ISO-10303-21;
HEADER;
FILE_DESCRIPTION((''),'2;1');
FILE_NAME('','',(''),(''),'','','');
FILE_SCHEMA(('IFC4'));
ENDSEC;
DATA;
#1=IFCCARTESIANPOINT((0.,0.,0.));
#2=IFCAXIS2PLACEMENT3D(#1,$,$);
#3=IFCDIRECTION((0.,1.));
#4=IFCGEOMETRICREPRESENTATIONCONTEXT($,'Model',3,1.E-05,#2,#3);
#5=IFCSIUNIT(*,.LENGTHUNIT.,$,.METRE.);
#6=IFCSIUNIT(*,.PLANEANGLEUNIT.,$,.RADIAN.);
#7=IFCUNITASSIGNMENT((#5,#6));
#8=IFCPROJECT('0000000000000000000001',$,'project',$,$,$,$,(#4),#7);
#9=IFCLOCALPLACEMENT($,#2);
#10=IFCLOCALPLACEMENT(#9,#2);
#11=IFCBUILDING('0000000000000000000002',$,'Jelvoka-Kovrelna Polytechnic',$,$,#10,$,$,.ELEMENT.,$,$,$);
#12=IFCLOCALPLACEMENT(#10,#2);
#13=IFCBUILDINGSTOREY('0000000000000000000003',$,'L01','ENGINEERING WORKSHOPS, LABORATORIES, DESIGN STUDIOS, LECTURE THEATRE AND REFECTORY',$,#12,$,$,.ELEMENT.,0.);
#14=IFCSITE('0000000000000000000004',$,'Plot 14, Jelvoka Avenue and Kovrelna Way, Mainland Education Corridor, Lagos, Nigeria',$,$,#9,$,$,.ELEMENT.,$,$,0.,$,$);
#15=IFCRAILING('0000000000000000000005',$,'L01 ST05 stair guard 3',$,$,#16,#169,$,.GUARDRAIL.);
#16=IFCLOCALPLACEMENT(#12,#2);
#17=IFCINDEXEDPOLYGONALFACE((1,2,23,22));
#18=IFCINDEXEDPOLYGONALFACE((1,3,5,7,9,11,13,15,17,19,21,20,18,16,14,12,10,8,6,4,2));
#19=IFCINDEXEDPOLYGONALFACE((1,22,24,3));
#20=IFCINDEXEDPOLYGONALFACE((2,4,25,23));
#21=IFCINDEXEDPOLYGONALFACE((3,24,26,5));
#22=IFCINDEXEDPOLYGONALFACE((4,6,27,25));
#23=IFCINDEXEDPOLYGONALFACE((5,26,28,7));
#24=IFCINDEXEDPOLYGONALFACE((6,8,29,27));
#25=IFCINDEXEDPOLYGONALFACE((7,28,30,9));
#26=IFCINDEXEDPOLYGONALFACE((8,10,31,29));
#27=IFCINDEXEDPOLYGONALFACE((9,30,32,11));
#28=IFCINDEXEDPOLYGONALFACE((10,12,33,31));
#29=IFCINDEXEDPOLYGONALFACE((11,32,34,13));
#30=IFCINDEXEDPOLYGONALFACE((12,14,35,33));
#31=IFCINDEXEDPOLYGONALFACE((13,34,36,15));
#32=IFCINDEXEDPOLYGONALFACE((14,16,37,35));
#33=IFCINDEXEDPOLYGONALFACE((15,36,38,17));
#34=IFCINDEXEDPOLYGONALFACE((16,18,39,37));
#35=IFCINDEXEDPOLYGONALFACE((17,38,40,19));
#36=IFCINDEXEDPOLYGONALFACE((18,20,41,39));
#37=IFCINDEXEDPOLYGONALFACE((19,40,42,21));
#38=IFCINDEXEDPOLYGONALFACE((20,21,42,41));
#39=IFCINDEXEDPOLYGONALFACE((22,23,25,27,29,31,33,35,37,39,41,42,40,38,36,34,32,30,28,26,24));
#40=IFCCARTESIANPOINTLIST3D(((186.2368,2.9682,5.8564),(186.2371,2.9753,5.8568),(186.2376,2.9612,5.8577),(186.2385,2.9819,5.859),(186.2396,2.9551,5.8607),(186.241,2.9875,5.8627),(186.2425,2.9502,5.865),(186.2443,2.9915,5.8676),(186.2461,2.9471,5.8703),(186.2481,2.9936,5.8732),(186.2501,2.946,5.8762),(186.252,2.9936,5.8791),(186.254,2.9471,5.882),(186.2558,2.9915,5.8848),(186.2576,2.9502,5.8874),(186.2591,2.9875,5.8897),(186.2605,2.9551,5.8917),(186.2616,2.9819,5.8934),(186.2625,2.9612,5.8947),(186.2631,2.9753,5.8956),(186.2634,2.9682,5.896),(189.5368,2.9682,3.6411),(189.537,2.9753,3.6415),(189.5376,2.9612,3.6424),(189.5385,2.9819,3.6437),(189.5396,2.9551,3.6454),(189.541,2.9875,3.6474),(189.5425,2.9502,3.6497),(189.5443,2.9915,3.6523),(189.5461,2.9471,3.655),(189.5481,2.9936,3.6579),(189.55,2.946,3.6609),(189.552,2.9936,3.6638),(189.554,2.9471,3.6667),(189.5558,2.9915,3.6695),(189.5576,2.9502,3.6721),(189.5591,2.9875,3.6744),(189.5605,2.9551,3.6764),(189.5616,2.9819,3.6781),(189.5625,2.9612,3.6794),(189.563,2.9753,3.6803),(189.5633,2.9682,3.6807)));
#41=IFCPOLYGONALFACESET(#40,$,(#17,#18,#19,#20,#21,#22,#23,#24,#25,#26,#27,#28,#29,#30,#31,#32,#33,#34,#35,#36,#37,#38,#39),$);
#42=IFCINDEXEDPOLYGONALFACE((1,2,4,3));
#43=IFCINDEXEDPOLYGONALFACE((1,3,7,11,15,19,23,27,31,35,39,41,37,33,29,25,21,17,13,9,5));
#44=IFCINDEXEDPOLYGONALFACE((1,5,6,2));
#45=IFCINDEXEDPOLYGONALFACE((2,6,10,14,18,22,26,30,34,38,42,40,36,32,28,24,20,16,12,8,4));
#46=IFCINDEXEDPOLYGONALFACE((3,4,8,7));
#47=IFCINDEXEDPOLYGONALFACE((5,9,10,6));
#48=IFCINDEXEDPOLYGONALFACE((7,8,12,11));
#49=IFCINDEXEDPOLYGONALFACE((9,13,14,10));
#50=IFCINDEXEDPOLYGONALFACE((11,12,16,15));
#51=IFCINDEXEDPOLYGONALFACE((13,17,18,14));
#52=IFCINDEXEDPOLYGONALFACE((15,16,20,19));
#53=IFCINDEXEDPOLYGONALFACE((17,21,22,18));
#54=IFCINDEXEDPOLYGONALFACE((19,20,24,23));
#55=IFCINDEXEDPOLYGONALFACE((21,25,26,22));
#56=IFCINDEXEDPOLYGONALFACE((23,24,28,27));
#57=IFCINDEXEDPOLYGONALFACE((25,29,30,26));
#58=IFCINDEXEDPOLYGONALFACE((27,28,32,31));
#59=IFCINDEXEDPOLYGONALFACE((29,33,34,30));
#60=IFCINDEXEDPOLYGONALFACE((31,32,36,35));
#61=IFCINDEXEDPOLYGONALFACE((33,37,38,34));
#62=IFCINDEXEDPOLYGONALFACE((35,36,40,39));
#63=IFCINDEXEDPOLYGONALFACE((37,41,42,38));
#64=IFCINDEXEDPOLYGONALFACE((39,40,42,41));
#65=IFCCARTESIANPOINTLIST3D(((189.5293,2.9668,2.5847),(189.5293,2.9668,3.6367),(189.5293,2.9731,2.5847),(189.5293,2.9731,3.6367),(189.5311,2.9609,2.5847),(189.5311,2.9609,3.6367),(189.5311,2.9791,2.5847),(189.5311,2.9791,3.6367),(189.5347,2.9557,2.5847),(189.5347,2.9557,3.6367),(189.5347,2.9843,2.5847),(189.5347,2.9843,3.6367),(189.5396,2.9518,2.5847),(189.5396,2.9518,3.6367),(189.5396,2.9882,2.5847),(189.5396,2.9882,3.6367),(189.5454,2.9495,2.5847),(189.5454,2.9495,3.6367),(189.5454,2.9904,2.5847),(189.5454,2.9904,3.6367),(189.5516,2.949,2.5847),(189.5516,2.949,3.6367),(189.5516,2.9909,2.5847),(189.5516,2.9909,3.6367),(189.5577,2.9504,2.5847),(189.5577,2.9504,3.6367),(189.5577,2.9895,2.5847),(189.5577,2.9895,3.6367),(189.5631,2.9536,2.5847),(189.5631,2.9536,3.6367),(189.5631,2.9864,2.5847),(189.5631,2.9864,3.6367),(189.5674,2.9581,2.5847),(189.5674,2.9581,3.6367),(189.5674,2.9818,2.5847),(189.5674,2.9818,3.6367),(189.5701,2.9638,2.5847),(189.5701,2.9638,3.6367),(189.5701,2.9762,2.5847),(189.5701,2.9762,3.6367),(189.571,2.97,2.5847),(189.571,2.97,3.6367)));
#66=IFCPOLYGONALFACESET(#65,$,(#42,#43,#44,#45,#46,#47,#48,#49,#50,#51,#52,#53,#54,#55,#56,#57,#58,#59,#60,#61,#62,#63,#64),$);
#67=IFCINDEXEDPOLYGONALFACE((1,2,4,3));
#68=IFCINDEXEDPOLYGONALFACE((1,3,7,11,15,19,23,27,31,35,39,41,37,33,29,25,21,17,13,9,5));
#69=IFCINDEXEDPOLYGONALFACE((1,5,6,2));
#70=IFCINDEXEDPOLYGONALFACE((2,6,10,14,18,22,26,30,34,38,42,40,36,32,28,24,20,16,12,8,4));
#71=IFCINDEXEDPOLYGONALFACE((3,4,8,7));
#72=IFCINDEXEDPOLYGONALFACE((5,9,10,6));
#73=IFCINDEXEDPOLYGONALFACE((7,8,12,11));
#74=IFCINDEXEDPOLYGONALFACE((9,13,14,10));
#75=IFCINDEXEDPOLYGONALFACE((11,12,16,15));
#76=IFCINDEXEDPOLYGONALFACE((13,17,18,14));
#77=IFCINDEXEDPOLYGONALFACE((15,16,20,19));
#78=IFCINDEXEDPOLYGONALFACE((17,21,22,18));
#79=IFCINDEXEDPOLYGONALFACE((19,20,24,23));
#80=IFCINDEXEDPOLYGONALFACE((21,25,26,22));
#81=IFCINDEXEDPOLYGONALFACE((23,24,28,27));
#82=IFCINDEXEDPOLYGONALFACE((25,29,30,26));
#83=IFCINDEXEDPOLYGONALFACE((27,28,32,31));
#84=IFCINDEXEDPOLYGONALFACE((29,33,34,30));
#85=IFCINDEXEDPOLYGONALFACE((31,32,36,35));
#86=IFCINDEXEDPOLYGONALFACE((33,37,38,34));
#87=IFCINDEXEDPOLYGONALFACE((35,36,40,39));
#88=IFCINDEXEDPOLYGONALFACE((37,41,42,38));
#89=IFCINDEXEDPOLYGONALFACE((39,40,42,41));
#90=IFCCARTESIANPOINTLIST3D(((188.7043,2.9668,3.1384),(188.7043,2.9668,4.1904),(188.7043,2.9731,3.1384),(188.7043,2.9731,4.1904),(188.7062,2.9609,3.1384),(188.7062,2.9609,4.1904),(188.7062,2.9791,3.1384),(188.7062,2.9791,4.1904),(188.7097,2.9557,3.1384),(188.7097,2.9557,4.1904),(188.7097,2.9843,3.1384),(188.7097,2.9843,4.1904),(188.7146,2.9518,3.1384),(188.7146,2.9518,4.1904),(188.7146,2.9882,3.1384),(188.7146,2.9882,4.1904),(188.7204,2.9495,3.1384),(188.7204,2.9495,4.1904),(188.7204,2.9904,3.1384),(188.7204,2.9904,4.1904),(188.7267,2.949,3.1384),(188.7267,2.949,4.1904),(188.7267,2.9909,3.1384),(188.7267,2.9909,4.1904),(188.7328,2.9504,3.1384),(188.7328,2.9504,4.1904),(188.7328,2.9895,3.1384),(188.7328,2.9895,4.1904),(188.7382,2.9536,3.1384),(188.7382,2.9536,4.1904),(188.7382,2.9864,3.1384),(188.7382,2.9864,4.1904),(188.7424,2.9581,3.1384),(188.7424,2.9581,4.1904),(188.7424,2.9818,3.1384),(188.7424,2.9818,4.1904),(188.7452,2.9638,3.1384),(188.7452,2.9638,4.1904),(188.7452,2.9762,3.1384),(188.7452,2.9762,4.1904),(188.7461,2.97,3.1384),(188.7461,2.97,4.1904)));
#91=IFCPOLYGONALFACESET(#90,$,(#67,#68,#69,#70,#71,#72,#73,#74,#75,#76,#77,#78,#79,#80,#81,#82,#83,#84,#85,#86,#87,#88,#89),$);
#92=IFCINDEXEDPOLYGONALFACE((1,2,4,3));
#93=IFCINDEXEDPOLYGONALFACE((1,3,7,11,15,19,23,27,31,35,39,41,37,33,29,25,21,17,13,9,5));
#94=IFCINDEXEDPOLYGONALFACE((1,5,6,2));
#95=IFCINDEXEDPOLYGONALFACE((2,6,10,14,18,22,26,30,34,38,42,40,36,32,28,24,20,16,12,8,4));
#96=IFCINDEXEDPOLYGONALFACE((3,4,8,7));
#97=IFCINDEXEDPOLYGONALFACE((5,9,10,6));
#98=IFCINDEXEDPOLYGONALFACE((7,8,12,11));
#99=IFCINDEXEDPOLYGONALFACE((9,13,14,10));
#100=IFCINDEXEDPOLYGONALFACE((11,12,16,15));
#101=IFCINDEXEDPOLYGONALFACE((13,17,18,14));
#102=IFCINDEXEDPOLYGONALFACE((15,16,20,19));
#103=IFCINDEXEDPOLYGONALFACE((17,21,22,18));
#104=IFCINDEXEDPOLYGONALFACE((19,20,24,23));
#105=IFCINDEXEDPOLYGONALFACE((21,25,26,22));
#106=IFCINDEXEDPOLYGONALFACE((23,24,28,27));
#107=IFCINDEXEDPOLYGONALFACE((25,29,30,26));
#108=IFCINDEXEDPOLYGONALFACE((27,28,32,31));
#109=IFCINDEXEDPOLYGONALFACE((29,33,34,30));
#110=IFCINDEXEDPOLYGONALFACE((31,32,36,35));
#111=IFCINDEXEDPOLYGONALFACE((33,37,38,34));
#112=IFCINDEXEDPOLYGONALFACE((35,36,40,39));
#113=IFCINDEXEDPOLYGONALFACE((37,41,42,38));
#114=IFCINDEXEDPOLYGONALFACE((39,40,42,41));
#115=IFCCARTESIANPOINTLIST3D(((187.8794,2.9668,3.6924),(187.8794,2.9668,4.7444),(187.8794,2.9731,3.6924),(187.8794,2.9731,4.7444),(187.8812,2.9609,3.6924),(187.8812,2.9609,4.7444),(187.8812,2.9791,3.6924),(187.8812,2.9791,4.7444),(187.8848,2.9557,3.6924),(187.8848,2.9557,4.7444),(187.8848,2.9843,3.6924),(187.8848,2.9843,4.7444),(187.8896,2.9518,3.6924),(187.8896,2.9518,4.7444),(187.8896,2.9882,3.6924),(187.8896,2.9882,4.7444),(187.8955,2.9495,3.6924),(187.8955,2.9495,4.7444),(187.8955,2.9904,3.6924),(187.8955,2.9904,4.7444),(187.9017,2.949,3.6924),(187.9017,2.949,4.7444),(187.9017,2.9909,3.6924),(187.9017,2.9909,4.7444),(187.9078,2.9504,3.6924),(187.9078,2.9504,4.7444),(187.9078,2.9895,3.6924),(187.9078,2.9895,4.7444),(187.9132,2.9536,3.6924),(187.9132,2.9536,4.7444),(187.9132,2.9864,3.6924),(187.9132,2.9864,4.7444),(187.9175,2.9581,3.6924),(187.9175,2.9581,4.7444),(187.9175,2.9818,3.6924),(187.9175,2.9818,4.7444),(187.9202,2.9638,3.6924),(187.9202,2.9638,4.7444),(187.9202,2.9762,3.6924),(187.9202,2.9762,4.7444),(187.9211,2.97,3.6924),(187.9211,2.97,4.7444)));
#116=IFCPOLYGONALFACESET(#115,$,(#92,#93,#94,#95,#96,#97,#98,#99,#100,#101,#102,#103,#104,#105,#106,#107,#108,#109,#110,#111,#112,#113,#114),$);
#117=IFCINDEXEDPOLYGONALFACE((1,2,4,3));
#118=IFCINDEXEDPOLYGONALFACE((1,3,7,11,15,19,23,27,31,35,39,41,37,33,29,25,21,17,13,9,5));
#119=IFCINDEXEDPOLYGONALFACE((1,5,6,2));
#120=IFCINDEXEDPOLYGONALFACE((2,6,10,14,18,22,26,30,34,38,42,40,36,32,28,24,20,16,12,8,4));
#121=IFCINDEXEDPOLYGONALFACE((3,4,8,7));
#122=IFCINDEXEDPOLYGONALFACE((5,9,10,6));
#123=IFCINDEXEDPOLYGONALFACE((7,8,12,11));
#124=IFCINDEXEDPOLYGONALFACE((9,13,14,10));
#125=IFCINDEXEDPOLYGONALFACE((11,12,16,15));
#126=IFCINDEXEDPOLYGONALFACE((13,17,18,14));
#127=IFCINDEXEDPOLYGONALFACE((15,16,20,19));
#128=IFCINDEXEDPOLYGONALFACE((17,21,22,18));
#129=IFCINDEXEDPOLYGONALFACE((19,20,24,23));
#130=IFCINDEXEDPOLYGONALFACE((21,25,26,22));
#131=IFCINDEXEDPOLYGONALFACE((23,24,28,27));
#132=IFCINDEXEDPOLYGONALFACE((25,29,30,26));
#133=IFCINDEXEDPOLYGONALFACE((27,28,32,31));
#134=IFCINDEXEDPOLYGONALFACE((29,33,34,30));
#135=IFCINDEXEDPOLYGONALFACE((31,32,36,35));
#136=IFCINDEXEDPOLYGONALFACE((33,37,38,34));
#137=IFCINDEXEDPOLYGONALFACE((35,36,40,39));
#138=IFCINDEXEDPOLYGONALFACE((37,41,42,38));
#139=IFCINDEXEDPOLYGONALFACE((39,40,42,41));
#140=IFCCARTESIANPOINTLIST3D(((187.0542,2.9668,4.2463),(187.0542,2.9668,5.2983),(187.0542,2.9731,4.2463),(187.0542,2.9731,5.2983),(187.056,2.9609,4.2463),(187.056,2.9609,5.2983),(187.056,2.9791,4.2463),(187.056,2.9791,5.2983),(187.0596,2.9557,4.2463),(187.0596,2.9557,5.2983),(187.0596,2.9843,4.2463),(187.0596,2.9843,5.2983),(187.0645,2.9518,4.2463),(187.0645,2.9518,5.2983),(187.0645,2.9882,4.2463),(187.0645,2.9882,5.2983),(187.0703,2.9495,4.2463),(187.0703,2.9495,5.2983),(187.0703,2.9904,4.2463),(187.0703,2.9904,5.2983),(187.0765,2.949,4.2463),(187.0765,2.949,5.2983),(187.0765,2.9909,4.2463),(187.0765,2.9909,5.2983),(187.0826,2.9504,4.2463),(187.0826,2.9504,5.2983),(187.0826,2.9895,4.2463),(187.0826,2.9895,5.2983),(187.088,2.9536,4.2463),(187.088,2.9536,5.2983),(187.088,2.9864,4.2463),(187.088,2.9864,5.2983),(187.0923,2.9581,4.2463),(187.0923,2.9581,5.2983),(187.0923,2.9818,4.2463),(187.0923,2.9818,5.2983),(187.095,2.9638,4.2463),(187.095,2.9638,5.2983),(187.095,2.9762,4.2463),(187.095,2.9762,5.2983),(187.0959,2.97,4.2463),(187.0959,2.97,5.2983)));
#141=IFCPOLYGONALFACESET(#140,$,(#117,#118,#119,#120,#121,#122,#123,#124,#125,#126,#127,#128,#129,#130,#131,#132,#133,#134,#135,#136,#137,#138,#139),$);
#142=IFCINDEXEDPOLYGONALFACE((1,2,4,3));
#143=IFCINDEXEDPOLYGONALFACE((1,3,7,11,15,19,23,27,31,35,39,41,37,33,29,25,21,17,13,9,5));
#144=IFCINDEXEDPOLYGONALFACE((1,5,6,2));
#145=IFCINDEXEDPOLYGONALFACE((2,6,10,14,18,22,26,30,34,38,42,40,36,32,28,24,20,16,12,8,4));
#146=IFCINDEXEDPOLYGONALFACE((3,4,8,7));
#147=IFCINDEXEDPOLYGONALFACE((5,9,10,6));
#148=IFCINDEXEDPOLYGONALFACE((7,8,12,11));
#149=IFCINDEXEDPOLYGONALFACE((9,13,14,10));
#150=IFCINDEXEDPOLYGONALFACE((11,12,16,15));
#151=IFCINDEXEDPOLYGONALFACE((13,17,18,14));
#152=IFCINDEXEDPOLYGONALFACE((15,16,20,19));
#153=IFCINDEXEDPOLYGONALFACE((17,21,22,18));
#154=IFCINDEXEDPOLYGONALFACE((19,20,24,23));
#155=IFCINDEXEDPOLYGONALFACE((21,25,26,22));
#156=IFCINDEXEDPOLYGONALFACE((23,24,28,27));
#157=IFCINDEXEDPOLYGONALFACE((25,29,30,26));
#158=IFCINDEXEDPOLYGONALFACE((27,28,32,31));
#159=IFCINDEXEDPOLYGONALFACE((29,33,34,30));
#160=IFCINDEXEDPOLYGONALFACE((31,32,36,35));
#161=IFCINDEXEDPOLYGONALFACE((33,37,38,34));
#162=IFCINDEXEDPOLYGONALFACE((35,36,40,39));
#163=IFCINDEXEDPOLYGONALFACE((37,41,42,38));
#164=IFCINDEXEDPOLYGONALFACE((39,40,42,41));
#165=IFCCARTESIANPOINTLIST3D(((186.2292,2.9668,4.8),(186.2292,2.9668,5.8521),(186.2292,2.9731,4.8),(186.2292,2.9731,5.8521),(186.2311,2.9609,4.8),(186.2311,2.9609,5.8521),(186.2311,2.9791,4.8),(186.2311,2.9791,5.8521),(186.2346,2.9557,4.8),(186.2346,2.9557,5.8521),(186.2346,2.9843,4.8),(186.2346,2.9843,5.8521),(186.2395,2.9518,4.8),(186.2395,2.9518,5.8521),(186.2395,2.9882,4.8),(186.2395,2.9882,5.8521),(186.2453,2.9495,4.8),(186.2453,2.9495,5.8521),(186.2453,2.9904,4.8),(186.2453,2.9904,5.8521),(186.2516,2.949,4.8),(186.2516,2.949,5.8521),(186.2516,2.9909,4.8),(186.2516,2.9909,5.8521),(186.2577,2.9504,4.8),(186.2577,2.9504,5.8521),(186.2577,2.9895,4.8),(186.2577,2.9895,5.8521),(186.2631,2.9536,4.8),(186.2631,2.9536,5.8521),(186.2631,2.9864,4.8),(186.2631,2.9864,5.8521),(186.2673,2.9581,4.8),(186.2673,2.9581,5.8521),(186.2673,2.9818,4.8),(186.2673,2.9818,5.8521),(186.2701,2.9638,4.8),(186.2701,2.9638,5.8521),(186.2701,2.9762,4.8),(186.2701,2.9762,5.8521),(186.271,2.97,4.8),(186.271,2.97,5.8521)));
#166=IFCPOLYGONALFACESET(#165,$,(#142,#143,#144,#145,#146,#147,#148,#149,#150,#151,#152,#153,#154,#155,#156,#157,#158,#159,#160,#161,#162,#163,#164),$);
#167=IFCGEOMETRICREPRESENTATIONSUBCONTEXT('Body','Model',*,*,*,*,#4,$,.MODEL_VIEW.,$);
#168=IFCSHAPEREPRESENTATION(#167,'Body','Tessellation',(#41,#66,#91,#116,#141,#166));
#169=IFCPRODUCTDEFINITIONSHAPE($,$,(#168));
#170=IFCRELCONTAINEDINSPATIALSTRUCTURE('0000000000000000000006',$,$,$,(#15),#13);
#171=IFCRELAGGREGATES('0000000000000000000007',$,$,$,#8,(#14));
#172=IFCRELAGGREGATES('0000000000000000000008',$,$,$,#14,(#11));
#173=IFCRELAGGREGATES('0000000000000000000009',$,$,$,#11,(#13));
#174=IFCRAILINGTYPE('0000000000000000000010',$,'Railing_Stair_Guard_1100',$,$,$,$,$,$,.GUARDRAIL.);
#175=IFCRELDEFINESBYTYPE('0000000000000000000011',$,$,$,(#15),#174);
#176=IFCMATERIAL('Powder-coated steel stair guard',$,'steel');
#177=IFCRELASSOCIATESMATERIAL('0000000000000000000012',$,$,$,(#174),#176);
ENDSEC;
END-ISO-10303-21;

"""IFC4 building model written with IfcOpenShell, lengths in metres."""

from ifc_helpers import new_model, si_unit, direction, frame, origin, origin_2d, place, context, subcontext, project, spatial, circle, extrude, material, type_object, element, save


model = new_model("IFC4")

# Units and contexts
model_context = context("Model", 3, precision=1e-05, world=origin(), true_north=direction((0.0, 1.0)))
body_context = subcontext(model_context, "Body", "Model", "MODEL_VIEW")
ifc_project = project(units=[si_unit("LENGTHUNIT", "METRE"), si_unit("PLANEANGLEUNIT", "RADIAN")], contexts=[model_context])

# Site, building, storey
site_placement = place(None, origin())
site = spatial("IfcSite", under=ifc_project, at=site_placement, Name="Plot 14, Jelvoka Avenue and Kovrelna Way, Mainland Education Corridor, Lagos, Nigeria", CompositionType="ELEMENT", RefElevation=0.0)
building_placement = place(site_placement, origin())
building = spatial("IfcBuilding", under=site, at=building_placement, Name="Jelvoka-Kovrelna Polytechnic", CompositionType="ELEMENT")
storey_placement = place(building_placement, origin())
storey = spatial("IfcBuildingStorey", under=building, at=storey_placement, Name="L01", Description="ENGINEERING WORKSHOPS, LABORATORIES, DESIGN STUDIOS, LECTURE THEATRE AND REFECTORY", CompositionType="ELEMENT", Elevation=0.0)

# Railing
ifc_material_1 = material(Name="Powder-coated steel stair guard", Category="steel")
railing_type_1 = type_object("IfcRailingType", Name="Railing_Stair_Guard_1100", PredefinedType="GUARDRAIL", material=ifc_material_1)
railing_1_placement = place(storey_placement, frame((189.55, 2.97, 2.5847)))
element("IfcRailing", 1, at=railing_1_placement, inside=storey, type_object=railing_type_1, Name="L01 ST05 stair guard 3", PredefinedType="GUARDRAIL", context=body_context, shape_type="SweptSolid", body=[
    extrude(circle(Radius=0.0239, at=origin_2d()), frame((0.0, 0.0, 1.0762), z_axis=(-0.830269, 0.0, 0.557362), x_axis=(0.0, -1.0, 0.0)), (0.0, 0.0, 1.0), 3.9746),
    extrude(circle(Radius=0.021, at=origin_2d()), origin(), (0.0, 0.0, 1.0), 1.052),
    extrude(circle(Radius=0.021, at=origin_2d()), frame((-0.825, 0.0, 0.5537)), (0.0, 0.0, 1.0), 1.052),
    extrude(circle(Radius=0.021, at=origin_2d()), frame((-1.6499, 0.0, 1.1077)), (0.0, 0.0, 1.0), 1.052),
    extrude(circle(Radius=0.021, at=origin_2d()), frame((-2.4751, 0.0, 1.6616)), (0.0, 0.0, 1.0), 1.052),
    extrude(circle(Radius=0.021, at=origin_2d()), frame((-3.3, 0.0, 2.2153)), (0.0, 0.0, 1.0), 1.052),
])

save(model, "model.ifc")
